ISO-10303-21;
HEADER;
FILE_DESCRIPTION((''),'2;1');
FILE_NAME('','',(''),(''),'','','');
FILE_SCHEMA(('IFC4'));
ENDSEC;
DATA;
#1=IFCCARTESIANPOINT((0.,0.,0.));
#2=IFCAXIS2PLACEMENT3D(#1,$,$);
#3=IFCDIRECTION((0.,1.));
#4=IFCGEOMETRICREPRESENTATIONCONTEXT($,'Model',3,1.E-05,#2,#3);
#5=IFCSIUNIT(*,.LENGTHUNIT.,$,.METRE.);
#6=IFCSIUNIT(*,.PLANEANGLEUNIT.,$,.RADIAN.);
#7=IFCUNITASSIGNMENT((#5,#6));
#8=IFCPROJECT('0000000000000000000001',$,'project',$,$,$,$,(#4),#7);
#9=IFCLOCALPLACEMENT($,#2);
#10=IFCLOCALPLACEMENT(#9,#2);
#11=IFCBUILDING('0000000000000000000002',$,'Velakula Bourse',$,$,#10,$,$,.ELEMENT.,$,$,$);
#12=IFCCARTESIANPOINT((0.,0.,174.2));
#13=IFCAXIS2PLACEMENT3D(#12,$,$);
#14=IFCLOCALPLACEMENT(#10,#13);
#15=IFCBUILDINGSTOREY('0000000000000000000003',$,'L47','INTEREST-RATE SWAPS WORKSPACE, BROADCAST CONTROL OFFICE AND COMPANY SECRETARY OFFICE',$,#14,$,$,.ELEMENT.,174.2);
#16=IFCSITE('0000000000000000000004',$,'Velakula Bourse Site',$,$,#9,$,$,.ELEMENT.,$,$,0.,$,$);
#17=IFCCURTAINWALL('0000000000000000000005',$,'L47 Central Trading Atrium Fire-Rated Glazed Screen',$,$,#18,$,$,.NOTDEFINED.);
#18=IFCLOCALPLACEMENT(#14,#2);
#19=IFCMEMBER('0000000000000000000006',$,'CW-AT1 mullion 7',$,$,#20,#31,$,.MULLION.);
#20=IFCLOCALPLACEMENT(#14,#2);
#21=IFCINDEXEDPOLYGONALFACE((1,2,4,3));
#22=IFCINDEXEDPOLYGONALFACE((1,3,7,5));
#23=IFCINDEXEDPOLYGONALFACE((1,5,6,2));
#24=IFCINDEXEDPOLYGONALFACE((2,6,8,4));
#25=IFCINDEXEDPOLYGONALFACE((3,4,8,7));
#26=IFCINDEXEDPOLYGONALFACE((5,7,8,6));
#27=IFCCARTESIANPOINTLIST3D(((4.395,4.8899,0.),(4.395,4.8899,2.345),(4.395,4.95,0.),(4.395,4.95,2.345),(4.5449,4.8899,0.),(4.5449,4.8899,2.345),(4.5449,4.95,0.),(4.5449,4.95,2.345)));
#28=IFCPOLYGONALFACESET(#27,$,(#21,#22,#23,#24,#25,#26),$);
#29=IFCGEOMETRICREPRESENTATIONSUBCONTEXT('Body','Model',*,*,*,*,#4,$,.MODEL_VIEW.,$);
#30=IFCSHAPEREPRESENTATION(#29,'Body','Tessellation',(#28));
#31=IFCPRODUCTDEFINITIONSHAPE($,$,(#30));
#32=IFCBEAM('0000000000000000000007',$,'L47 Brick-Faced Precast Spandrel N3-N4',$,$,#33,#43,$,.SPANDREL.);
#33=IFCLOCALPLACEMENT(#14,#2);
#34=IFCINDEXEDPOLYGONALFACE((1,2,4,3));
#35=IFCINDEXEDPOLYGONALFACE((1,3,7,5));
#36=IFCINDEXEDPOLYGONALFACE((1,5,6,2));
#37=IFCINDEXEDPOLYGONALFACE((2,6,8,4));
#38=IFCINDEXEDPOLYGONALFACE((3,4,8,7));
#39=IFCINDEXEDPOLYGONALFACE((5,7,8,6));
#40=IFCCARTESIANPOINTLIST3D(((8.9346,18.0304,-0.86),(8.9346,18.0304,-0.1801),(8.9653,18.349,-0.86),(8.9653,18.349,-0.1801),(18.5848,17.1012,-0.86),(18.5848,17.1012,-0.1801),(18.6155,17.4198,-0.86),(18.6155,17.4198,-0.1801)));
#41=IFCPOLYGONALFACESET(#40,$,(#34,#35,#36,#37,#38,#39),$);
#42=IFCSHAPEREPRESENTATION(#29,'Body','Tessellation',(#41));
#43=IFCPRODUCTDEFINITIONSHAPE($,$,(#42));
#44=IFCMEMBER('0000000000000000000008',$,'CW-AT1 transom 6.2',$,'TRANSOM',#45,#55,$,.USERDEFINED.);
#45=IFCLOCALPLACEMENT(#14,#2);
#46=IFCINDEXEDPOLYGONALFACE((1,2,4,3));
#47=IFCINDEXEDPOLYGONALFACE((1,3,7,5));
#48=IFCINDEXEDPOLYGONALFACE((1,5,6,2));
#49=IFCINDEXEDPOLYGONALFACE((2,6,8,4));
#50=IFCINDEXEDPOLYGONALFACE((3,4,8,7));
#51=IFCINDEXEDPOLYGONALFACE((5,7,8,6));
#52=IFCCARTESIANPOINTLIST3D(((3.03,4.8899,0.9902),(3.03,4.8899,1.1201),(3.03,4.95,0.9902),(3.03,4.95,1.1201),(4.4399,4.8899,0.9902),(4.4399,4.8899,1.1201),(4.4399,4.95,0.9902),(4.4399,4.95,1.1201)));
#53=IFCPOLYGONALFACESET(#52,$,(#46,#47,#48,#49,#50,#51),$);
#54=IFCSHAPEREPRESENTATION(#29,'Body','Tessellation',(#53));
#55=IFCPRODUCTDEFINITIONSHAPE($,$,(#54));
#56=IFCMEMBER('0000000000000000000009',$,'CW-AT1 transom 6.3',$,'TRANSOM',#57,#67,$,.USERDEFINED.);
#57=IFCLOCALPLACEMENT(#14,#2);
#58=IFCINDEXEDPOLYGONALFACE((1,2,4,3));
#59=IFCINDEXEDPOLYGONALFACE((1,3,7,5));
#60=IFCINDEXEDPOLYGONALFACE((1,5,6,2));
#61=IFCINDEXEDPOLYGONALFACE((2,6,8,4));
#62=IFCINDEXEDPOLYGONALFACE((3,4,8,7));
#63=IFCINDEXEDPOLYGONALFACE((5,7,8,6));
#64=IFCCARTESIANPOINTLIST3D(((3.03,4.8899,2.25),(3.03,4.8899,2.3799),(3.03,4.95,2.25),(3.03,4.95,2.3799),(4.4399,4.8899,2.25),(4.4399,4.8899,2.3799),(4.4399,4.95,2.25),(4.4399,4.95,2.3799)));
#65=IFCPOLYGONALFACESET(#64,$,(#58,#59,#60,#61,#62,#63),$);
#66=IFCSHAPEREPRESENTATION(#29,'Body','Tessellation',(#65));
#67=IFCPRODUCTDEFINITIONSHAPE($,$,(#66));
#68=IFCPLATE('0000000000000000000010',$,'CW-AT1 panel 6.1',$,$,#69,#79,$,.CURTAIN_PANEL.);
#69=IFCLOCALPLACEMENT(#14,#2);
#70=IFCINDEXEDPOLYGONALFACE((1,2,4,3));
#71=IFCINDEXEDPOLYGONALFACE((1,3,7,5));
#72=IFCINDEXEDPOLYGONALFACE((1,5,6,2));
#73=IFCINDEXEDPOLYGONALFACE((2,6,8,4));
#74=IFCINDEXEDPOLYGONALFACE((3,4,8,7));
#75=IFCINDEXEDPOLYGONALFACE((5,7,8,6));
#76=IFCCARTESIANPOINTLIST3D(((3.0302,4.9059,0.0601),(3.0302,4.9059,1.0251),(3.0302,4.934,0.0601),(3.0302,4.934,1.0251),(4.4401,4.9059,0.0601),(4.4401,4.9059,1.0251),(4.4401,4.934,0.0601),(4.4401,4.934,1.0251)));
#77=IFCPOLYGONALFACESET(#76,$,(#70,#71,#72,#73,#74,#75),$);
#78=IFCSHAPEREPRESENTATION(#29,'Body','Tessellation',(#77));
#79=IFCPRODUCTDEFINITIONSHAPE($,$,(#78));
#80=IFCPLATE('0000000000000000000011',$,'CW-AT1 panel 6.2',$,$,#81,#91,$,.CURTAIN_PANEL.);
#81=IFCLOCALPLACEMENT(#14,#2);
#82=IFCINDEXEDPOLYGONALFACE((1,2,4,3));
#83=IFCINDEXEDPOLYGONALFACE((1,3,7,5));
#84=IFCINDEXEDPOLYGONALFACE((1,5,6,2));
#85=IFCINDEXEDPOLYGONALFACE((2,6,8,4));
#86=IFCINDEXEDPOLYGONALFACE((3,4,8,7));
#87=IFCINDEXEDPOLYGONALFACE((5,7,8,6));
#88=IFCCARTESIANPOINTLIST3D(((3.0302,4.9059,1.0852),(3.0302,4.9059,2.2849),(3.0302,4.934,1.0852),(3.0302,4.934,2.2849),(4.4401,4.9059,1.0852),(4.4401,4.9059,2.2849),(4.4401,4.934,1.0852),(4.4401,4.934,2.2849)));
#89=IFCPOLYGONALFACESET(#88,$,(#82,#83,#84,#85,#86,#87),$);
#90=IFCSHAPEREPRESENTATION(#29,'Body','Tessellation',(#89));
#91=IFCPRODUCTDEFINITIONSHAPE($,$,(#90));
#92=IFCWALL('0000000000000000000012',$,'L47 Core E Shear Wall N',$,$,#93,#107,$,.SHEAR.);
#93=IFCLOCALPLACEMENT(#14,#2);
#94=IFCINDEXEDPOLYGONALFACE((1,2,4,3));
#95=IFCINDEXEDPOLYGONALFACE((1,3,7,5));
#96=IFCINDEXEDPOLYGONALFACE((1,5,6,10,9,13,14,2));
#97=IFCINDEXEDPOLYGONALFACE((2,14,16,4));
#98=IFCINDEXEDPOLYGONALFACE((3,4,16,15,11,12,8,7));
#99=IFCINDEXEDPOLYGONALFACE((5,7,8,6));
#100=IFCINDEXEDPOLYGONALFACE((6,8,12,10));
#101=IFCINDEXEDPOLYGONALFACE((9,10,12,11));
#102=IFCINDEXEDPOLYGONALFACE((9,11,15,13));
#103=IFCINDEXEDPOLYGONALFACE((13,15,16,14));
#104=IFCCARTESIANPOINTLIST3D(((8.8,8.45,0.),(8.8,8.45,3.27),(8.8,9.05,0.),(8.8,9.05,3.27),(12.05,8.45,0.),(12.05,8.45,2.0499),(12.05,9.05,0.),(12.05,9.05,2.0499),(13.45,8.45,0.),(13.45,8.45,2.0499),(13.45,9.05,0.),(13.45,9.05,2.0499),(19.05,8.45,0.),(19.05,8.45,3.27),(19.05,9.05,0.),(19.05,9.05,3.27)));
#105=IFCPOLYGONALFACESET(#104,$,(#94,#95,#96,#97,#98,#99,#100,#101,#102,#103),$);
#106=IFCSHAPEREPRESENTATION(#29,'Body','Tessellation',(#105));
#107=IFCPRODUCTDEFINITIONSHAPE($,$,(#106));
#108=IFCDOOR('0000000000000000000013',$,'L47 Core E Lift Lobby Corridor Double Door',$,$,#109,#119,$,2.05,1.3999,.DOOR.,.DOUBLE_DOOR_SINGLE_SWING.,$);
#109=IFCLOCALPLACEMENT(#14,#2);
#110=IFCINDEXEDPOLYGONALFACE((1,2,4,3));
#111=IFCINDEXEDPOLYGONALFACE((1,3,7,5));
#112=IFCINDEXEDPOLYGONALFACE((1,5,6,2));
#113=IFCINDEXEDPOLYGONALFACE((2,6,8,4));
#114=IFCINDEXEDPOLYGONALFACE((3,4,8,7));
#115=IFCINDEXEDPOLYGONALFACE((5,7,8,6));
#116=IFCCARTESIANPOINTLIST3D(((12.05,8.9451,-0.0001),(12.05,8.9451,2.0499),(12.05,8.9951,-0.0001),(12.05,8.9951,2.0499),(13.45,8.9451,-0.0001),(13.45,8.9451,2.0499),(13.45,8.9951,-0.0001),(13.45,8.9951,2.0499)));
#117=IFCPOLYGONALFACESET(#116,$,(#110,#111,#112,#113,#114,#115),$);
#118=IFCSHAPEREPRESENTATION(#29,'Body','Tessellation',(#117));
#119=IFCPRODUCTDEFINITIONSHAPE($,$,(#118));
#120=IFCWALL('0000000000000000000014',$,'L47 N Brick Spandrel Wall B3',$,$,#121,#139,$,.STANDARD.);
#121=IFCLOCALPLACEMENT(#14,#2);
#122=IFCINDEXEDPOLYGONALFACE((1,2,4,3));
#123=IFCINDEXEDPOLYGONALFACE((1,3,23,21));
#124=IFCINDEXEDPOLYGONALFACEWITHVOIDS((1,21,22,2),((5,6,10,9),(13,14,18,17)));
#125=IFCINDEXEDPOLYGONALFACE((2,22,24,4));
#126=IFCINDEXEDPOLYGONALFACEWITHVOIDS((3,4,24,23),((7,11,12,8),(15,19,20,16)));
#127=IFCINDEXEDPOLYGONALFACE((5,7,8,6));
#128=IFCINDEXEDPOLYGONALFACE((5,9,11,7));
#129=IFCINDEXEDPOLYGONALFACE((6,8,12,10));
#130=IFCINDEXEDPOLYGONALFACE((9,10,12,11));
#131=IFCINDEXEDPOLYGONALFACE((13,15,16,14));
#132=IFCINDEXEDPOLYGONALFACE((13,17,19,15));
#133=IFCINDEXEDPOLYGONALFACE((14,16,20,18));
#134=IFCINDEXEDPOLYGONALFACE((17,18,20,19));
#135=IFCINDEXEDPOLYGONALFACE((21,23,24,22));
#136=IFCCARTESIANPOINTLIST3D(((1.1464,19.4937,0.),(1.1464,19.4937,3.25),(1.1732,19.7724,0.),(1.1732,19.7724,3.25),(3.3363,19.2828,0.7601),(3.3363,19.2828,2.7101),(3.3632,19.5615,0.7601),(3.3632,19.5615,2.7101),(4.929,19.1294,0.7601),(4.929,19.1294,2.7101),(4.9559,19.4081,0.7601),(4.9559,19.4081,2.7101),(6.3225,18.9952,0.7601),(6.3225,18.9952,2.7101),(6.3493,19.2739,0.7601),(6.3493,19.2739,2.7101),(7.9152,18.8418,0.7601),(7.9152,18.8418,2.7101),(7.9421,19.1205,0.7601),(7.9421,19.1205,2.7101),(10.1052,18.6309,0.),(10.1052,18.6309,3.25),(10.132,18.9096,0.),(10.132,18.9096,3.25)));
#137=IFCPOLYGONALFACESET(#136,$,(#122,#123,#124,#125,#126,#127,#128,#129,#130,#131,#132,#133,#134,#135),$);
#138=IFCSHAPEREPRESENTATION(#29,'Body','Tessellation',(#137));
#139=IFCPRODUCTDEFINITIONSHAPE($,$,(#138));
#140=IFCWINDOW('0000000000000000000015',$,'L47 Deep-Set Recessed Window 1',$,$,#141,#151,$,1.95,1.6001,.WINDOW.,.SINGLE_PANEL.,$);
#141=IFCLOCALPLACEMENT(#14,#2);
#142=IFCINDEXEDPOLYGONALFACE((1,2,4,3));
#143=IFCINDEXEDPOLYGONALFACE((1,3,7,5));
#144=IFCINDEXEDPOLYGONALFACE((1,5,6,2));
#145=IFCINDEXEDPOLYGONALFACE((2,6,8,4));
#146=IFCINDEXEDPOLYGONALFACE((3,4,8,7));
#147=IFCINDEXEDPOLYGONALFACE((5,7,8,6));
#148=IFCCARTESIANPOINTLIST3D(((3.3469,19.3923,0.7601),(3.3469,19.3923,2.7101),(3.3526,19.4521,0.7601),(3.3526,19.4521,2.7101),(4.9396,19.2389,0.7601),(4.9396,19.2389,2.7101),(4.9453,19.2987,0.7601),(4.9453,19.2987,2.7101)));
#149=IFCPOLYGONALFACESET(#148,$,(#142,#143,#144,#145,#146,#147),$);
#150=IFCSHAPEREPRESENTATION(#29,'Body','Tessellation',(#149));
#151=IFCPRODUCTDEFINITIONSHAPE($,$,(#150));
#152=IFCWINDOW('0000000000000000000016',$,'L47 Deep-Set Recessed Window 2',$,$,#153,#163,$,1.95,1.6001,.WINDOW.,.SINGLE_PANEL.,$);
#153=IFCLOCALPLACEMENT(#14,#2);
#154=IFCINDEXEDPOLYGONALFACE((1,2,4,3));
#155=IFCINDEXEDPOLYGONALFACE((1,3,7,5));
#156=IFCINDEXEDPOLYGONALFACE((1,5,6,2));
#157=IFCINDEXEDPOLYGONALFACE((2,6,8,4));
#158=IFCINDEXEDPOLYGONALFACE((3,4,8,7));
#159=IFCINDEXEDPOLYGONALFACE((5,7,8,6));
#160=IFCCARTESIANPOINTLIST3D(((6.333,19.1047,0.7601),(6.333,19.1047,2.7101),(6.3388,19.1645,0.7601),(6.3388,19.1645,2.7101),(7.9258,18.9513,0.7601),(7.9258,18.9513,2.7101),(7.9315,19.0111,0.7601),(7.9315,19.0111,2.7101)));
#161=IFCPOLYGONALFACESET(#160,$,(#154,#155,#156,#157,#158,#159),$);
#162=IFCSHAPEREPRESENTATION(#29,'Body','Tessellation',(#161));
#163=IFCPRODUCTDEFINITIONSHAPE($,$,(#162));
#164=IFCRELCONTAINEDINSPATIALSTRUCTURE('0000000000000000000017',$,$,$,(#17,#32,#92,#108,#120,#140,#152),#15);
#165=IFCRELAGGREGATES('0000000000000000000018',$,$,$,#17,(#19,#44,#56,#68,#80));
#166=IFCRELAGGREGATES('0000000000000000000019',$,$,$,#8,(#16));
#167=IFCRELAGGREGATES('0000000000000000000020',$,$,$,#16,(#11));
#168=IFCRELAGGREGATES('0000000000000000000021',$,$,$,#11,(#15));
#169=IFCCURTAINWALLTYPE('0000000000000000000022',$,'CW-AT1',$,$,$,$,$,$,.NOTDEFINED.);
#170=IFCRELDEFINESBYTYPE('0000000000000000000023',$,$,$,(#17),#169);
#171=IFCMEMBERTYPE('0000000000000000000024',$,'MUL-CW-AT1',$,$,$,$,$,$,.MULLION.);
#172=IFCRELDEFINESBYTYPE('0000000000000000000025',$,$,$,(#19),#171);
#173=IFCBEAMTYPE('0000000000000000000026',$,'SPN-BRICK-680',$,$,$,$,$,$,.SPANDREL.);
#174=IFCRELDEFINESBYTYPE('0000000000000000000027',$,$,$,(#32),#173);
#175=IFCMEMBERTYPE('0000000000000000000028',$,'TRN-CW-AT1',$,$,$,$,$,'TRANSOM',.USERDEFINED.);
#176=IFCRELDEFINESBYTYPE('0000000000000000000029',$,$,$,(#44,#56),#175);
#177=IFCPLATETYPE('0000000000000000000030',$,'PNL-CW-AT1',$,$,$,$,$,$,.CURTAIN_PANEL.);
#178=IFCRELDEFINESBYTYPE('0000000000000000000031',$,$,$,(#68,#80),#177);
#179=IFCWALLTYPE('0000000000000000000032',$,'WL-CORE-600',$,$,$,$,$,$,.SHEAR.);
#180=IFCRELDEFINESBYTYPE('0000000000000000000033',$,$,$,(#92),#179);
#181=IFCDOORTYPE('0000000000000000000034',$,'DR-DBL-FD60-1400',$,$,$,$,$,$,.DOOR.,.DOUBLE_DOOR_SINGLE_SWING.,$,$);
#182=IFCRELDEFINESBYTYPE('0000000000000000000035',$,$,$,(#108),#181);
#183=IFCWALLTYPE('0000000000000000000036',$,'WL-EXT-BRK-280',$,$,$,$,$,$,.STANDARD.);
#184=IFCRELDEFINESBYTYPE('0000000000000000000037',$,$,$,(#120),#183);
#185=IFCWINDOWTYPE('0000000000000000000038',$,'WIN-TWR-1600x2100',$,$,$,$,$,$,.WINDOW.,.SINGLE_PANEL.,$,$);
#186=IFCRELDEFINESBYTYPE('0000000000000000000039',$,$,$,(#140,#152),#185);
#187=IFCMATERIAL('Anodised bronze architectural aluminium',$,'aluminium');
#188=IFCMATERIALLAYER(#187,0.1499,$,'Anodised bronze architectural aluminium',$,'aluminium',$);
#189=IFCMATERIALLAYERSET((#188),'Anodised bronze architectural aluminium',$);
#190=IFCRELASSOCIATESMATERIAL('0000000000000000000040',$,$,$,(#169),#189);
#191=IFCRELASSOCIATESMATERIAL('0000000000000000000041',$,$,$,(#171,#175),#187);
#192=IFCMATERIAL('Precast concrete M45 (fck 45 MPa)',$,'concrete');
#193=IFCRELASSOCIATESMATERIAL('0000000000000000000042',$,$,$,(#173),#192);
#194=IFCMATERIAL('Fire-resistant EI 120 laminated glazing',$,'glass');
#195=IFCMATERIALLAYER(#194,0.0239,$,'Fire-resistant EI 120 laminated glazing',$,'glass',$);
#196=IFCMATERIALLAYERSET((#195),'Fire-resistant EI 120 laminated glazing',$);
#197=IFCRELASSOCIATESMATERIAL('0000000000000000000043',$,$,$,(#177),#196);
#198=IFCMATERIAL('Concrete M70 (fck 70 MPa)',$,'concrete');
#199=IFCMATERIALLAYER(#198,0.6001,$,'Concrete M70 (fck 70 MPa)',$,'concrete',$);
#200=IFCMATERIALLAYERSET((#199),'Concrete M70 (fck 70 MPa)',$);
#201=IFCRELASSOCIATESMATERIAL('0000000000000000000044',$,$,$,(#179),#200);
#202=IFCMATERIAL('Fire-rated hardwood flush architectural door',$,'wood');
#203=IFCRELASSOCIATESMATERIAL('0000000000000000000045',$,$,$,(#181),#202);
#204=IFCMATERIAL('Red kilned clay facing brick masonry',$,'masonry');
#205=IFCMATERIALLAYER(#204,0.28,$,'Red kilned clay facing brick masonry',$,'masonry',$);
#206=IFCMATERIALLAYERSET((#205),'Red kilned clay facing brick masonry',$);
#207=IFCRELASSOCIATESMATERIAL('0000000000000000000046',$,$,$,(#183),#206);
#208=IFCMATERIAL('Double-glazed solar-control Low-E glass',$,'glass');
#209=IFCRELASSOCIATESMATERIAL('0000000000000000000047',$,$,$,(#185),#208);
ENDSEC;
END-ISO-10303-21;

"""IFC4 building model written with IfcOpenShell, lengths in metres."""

from ifc_helpers import new_model, si_unit, direction, frame, frame_2d, origin, origin_2d, place, context, subcontext, project, spatial, rectangle, extrude, material, layer, layer_set, material_profile, profile_set, type_object, element, fill, aggregate, save


model = new_model("IFC4")

# Units and contexts
model_context = context("Model", 3, precision=1e-05, world=origin(), true_north=direction((0.0, 1.0)))
body_context = subcontext(model_context, "Body", "Model", "MODEL_VIEW")
ifc_project = project(units=[si_unit("LENGTHUNIT", "METRE"), si_unit("PLANEANGLEUNIT", "RADIAN")], contexts=[model_context])

# Site, building, storey
site_placement = place(None, origin())
site = spatial("IfcSite", under=ifc_project, at=site_placement, Name="Velakula Bourse Site", CompositionType="ELEMENT", RefElevation=0.0)
building_placement = place(site_placement, origin())
building = spatial("IfcBuilding", under=site, at=building_placement, Name="Velakula Bourse", CompositionType="ELEMENT")
storey_placement = place(building_placement, frame((0.0, 0.0, 174.2)))
storey = spatial("IfcBuildingStorey", under=building, at=storey_placement, Name="L47", Description="INTEREST-RATE SWAPS WORKSPACE, BROADCAST CONTROL OFFICE AND COMPANY SECRETARY OFFICE", CompositionType="ELEMENT", Elevation=174.2)

# Shared definitions
ifc_material_1 = material(Name="Concrete M70 (fck 70 MPa)", Category="concrete")

# Curtain wall, member
ifc_material_2 = material(Name="Anodised bronze architectural aluminium", Category="aluminium")
ifc_layer_1 = layer(ifc_material_2, 0.1499, Name="Anodised bronze architectural aluminium", Category="aluminium")
ifc_layer_set_1 = layer_set([ifc_layer_1], Name="Anodised bronze architectural aluminium")
curtain_wall_type = type_object("IfcCurtainWallType", Name="CW-AT1", PredefinedType="NOTDEFINED", material=ifc_layer_set_1)
curtain_wall_placement = place(storey_placement, origin())
curtain_wall = element("IfcCurtainWall", 1, at=curtain_wall_placement, inside=storey, type_object=curtain_wall_type, Name="L47 Central Trading Atrium Fire-Rated Glazed Screen", PredefinedType="NOTDEFINED")
ifc_material_profile_1 = material_profile(ifc_material_2, rectangle(XDim=0.0601, YDim=0.1499, at=origin_2d()), Name="Anodised bronze architectural aluminium")
ifc_profile_set_1 = profile_set([ifc_material_profile_1], Name="Anodised bronze architectural aluminium")
member_type_1 = type_object("IfcMemberType", Name="MUL-CW-AT1", PredefinedType="MULLION", material=ifc_profile_set_1)
member_1_placement = place(storey_placement, frame((4.47, 4.9199, 0.0), z_axis=(0.0, 0.0, 1.0), x_axis=(0.0, 1.0, 0.0)))
member_1 = element("IfcMember", 2, at=member_1_placement, type_object=member_type_1, Name="CW-AT1 mullion 7", PredefinedType="MULLION", context=body_context, shape_type="SweptSolid", body=[
    extrude(rectangle(XDim=0.0601, YDim=0.1499, at=origin_2d()), origin(), (0.0, 0.0, 1.0), 2.345),
])

# Beam
ifc_material_3 = material(Name="Precast concrete M45 (fck 45 MPa)", Category="concrete")
ifc_material_profile_2 = material_profile(ifc_material_3, rectangle(XDim=0.3201, YDim=0.6799, at=origin_2d()), Name="Precast concrete M45 (fck 45 MPa)")
ifc_profile_set_2 = profile_set([ifc_material_profile_2], Name="Precast concrete M45 (fck 45 MPa)")
beam_type_1 = type_object("IfcBeamType", Name="SPN-BRICK-680", PredefinedType="SPANDREL", material=ifc_profile_set_2)
beam_1_placement = place(storey_placement, frame((8.95, 18.1897, -0.52), z_axis=(0.995396, -0.095845, 0.0), x_axis=(0.095845, 0.995396, 0.0)))
element("IfcBeam", 3, at=beam_1_placement, inside=storey, type_object=beam_type_1, Name="L47 Brick-Faced Precast Spandrel N3-N4", PredefinedType="SPANDREL", context=body_context, shape_type="SweptSolid", body=[
    extrude(rectangle(XDim=0.3201, YDim=0.6799, at=origin_2d()), origin(), (0.0, 0.0, 1.0), 9.6948),
])

# Members
ifc_material_profile_3 = material_profile(ifc_material_2, rectangle(XDim=0.0601, YDim=0.1299, at=origin_2d()), Name="Anodised bronze architectural aluminium")
ifc_profile_set_3 = profile_set([ifc_material_profile_3], Name="Anodised bronze architectural aluminium")
member_type_2 = type_object("IfcMemberType", Name="TRN-CW-AT1", ElementType="TRANSOM", PredefinedType="USERDEFINED", material=ifc_profile_set_3)
member_2_placement = place(storey_placement, frame((3.03, 4.9199, 1.0552), z_axis=(1.0, 0.0, 0.0), x_axis=(0.0, 1.0, 0.0)))
member_2 = element("IfcMember", 4, at=member_2_placement, type_object=member_type_2, Name="CW-AT1 transom 6.2", ObjectType="TRANSOM", PredefinedType="USERDEFINED", context=body_context, shape_type="SweptSolid", body=[
    extrude(rectangle(XDim=0.0601, YDim=0.1299, at=origin_2d()), origin(), (0.0, 0.0, 1.0), 1.4099),
])
member_3_placement = place(storey_placement, frame((3.03, 4.9199, 2.3149), z_axis=(1.0, 0.0, 0.0), x_axis=(0.0, 1.0, 0.0)))
member_3 = element("IfcMember", 5, at=member_3_placement, type_object=member_type_2, Name="CW-AT1 transom 6.3", ObjectType="TRANSOM", PredefinedType="USERDEFINED", context=body_context, shape_type="SweptSolid", body=[
    extrude(rectangle(XDim=0.0601, YDim=0.1299, at=origin_2d()), origin(), (0.0, 0.0, 1.0), 1.4099),
])

# Plates
ifc_material_4 = material(Name="Fire-resistant EI 120 laminated glazing", Category="glass")
ifc_layer_2 = layer(ifc_material_4, 0.0239, Name="Fire-resistant EI 120 laminated glazing", Category="glass")
ifc_layer_set_2 = layer_set([ifc_layer_2], Name="Fire-resistant EI 120 laminated glazing")
plate_type = type_object("IfcPlateType", Name="PNL-CW-AT1", PredefinedType="CURTAIN_PANEL", material=ifc_layer_set_2)
plate_1_placement = place(storey_placement, frame((3.7351, 4.9199, 0.0601), z_axis=(0.0, 0.0, 1.0), x_axis=(1.0, 0.0, 0.0)))
plate_1 = element("IfcPlate", 6, at=plate_1_placement, type_object=plate_type, Name="CW-AT1 panel 6.1", PredefinedType="CURTAIN_PANEL", context=body_context, shape_type="SweptSolid", body=[
    extrude(rectangle(XDim=1.4099, YDim=0.0281, at=origin_2d()), origin(), (0.0, 0.0, 1.0), 0.9651),
])
plate_2_placement = place(storey_placement, frame((3.7351, 4.9199, 1.0852), z_axis=(0.0, 0.0, 1.0), x_axis=(1.0, 0.0, 0.0)))
plate_2 = element("IfcPlate", 7, at=plate_2_placement, type_object=plate_type, Name="CW-AT1 panel 6.2", PredefinedType="CURTAIN_PANEL", context=body_context, shape_type="SweptSolid", body=[
    extrude(rectangle(XDim=1.4099, YDim=0.0281, at=origin_2d()), origin(), (0.0, 0.0, 1.0), 1.1997),
])
aggregate(curtain_wall, [member_1, member_2, member_3, plate_1, plate_2])

# Wall, opening, door
ifc_layer_3 = layer(ifc_material_1, 0.6001, Name="Concrete M70 (fck 70 MPa)", Category="concrete")
ifc_layer_set_3 = layer_set([ifc_layer_3], Name="Concrete M70 (fck 70 MPa)")
wall_type_1 = type_object("IfcWallType", Name="WL-CORE-600", PredefinedType="SHEAR", material=ifc_layer_set_3)
wall_1_placement = place(storey_placement, frame((8.8, 8.75, 0.0), z_axis=(0.0, 0.0, 1.0), x_axis=(1.0, 0.0, 0.0)))
wall_1 = element("IfcWall", 8, at=wall_1_placement, inside=storey, type_object=wall_type_1, Name="L47 Core E Shear Wall N", PredefinedType="SHEAR", context=body_context, shape_type="SweptSolid", body=[
    extrude(rectangle(XDim=10.25, YDim=0.6001, at=frame_2d((5.125, 0.0))), origin(), (0.0, 0.0, 1.0), 3.27),
])
opening_1_placement = place(wall_1_placement, frame((3.25, 0.0, 0.0)))
opening_1 = element("IfcOpeningElement", 9, at=opening_1_placement, cuts=wall_1, PredefinedType="OPENING", context=body_context, shape_type="SweptSolid", body=[
    extrude(rectangle(XDim=1.3999, YDim=2.05, at=frame_2d((0.7, 1.0249))), frame((0.0, 0.3101, 0.0), z_axis=(0.0, -1.0, 0.0), x_axis=(1.0, 0.0, 0.0)), (0.0, 0.0, 1.0), 0.6201),
])
ifc_material_5 = material(Name="Fire-rated hardwood flush architectural door", Category="wood")
door_type = type_object("IfcDoorType", Name="DR-DBL-FD60-1400", OperationType="DOUBLE_DOOR_SINGLE_SWING", PredefinedType="DOOR", material=ifc_material_5)
door_placement = place(opening_1_placement, origin())
door = element("IfcDoor", 10, at=door_placement, inside=storey, type_object=door_type, Name="L47 Core E Lift Lobby Corridor Double Door", OperationType="DOUBLE_DOOR_SINGLE_SWING", OverallHeight=2.05, OverallWidth=1.3999, PredefinedType="DOOR", context=body_context, shape_type="SweptSolid", body=[
    extrude(rectangle(XDim=1.3999, YDim=2.05, at=frame_2d((0.7, 1.0249))), frame((0.0, 0.2451, 0.0), z_axis=(0.0, -1.0, 0.0), x_axis=(1.0, 0.0, 0.0)), (0.0, 0.0, 1.0), 0.05),
])
fill(opening_1, door)

# Wall, openings, windows
ifc_material_6 = material(Name="Red kilned clay facing brick masonry", Category="masonry")
ifc_layer_4 = layer(ifc_material_6, 0.28, Name="Red kilned clay facing brick masonry", Category="masonry")
ifc_layer_set_4 = layer_set([ifc_layer_4], Name="Red kilned clay facing brick masonry")
wall_type_2 = type_object("IfcWallType", Name="WL-EXT-BRK-280", PredefinedType="STANDARD", material=ifc_layer_set_4)
wall_2_placement = place(storey_placement, frame((1.1599, 19.6331, 0.0), z_axis=(0.0, 0.0, 1.0), x_axis=(0.995394, -0.095864, 0.0)))
wall_2 = element("IfcWall", 11, at=wall_2_placement, inside=storey, type_object=wall_type_2, Name="L47 N Brick Spandrel Wall B3", PredefinedType="STANDARD", context=body_context, shape_type="SweptSolid", body=[
    extrude(rectangle(XDim=9.0002, YDim=0.28, at=frame_2d((4.5, 0.0))), origin(), (0.0, 0.0, 1.0), 3.25),
])
opening_2_placement = place(wall_2_placement, frame((2.2, 0.0, 0.76)))
opening_2 = element("IfcOpeningElement", 12, at=opening_2_placement, cuts=wall_2, PredefinedType="OPENING", context=body_context, shape_type="SweptSolid", body=[
    extrude(rectangle(XDim=1.6001, YDim=1.95, at=frame_2d((0.8, 0.9751))), frame((0.0, 0.1499, 0.0), z_axis=(0.0, -1.0, 0.0), x_axis=(1.0, 0.0, 0.0)), (0.0, 0.0, 1.0), 0.3),
])
opening_3_placement = place(wall_2_placement, frame((5.2, 0.0, 0.76)))
opening_3 = element("IfcOpeningElement", 13, at=opening_3_placement, cuts=wall_2, PredefinedType="OPENING", context=body_context, shape_type="SweptSolid", body=[
    extrude(rectangle(XDim=1.6001, YDim=1.95, at=frame_2d((0.8, 0.9751))), frame((0.0, 0.1499, 0.0), z_axis=(0.0, -1.0, 0.0), x_axis=(1.0, 0.0, 0.0)), (0.0, 0.0, 1.0), 0.3),
])
ifc_material_7 = material(Name="Double-glazed solar-control Low-E glass", Category="glass")
window_type = type_object("IfcWindowType", Name="WIN-TWR-1600x2100", PartitioningType="SINGLE_PANEL", PredefinedType="WINDOW", material=ifc_material_7)
window_1_placement = place(opening_2_placement, origin())
window_1 = element("IfcWindow", 14, at=window_1_placement, inside=storey, type_object=window_type, Name="L47 Deep-Set Recessed Window 1", OverallHeight=1.95, OverallWidth=1.6001, PartitioningType="SINGLE_PANEL", PredefinedType="WINDOW", context=body_context, shape_type="SweptSolid", body=[
    extrude(rectangle(XDim=1.6001, YDim=1.95, at=frame_2d((0.8, 0.9751))), frame((0.0, 0.03, 0.0), z_axis=(0.0, -1.0, 0.0), x_axis=(1.0, 0.0, 0.0)), (0.0, 0.0, 1.0), 0.0601),
])
fill(opening_2, window_1)
window_2_placement = place(opening_3_placement, origin())
window_2 = element("IfcWindow", 15, at=window_2_placement, inside=storey, type_object=window_type, Name="L47 Deep-Set Recessed Window 2", OverallHeight=1.95, OverallWidth=1.6001, PartitioningType="SINGLE_PANEL", PredefinedType="WINDOW", context=body_context, shape_type="SweptSolid", body=[
    extrude(rectangle(XDim=1.6001, YDim=1.95, at=frame_2d((0.8, 0.9751))), frame((0.0, 0.03, 0.0), z_axis=(0.0, -1.0, 0.0), x_axis=(1.0, 0.0, 0.0)), (0.0, 0.0, 1.0), 0.0601),
])
fill(opening_3, window_2)

save(model, "model.ifc")
